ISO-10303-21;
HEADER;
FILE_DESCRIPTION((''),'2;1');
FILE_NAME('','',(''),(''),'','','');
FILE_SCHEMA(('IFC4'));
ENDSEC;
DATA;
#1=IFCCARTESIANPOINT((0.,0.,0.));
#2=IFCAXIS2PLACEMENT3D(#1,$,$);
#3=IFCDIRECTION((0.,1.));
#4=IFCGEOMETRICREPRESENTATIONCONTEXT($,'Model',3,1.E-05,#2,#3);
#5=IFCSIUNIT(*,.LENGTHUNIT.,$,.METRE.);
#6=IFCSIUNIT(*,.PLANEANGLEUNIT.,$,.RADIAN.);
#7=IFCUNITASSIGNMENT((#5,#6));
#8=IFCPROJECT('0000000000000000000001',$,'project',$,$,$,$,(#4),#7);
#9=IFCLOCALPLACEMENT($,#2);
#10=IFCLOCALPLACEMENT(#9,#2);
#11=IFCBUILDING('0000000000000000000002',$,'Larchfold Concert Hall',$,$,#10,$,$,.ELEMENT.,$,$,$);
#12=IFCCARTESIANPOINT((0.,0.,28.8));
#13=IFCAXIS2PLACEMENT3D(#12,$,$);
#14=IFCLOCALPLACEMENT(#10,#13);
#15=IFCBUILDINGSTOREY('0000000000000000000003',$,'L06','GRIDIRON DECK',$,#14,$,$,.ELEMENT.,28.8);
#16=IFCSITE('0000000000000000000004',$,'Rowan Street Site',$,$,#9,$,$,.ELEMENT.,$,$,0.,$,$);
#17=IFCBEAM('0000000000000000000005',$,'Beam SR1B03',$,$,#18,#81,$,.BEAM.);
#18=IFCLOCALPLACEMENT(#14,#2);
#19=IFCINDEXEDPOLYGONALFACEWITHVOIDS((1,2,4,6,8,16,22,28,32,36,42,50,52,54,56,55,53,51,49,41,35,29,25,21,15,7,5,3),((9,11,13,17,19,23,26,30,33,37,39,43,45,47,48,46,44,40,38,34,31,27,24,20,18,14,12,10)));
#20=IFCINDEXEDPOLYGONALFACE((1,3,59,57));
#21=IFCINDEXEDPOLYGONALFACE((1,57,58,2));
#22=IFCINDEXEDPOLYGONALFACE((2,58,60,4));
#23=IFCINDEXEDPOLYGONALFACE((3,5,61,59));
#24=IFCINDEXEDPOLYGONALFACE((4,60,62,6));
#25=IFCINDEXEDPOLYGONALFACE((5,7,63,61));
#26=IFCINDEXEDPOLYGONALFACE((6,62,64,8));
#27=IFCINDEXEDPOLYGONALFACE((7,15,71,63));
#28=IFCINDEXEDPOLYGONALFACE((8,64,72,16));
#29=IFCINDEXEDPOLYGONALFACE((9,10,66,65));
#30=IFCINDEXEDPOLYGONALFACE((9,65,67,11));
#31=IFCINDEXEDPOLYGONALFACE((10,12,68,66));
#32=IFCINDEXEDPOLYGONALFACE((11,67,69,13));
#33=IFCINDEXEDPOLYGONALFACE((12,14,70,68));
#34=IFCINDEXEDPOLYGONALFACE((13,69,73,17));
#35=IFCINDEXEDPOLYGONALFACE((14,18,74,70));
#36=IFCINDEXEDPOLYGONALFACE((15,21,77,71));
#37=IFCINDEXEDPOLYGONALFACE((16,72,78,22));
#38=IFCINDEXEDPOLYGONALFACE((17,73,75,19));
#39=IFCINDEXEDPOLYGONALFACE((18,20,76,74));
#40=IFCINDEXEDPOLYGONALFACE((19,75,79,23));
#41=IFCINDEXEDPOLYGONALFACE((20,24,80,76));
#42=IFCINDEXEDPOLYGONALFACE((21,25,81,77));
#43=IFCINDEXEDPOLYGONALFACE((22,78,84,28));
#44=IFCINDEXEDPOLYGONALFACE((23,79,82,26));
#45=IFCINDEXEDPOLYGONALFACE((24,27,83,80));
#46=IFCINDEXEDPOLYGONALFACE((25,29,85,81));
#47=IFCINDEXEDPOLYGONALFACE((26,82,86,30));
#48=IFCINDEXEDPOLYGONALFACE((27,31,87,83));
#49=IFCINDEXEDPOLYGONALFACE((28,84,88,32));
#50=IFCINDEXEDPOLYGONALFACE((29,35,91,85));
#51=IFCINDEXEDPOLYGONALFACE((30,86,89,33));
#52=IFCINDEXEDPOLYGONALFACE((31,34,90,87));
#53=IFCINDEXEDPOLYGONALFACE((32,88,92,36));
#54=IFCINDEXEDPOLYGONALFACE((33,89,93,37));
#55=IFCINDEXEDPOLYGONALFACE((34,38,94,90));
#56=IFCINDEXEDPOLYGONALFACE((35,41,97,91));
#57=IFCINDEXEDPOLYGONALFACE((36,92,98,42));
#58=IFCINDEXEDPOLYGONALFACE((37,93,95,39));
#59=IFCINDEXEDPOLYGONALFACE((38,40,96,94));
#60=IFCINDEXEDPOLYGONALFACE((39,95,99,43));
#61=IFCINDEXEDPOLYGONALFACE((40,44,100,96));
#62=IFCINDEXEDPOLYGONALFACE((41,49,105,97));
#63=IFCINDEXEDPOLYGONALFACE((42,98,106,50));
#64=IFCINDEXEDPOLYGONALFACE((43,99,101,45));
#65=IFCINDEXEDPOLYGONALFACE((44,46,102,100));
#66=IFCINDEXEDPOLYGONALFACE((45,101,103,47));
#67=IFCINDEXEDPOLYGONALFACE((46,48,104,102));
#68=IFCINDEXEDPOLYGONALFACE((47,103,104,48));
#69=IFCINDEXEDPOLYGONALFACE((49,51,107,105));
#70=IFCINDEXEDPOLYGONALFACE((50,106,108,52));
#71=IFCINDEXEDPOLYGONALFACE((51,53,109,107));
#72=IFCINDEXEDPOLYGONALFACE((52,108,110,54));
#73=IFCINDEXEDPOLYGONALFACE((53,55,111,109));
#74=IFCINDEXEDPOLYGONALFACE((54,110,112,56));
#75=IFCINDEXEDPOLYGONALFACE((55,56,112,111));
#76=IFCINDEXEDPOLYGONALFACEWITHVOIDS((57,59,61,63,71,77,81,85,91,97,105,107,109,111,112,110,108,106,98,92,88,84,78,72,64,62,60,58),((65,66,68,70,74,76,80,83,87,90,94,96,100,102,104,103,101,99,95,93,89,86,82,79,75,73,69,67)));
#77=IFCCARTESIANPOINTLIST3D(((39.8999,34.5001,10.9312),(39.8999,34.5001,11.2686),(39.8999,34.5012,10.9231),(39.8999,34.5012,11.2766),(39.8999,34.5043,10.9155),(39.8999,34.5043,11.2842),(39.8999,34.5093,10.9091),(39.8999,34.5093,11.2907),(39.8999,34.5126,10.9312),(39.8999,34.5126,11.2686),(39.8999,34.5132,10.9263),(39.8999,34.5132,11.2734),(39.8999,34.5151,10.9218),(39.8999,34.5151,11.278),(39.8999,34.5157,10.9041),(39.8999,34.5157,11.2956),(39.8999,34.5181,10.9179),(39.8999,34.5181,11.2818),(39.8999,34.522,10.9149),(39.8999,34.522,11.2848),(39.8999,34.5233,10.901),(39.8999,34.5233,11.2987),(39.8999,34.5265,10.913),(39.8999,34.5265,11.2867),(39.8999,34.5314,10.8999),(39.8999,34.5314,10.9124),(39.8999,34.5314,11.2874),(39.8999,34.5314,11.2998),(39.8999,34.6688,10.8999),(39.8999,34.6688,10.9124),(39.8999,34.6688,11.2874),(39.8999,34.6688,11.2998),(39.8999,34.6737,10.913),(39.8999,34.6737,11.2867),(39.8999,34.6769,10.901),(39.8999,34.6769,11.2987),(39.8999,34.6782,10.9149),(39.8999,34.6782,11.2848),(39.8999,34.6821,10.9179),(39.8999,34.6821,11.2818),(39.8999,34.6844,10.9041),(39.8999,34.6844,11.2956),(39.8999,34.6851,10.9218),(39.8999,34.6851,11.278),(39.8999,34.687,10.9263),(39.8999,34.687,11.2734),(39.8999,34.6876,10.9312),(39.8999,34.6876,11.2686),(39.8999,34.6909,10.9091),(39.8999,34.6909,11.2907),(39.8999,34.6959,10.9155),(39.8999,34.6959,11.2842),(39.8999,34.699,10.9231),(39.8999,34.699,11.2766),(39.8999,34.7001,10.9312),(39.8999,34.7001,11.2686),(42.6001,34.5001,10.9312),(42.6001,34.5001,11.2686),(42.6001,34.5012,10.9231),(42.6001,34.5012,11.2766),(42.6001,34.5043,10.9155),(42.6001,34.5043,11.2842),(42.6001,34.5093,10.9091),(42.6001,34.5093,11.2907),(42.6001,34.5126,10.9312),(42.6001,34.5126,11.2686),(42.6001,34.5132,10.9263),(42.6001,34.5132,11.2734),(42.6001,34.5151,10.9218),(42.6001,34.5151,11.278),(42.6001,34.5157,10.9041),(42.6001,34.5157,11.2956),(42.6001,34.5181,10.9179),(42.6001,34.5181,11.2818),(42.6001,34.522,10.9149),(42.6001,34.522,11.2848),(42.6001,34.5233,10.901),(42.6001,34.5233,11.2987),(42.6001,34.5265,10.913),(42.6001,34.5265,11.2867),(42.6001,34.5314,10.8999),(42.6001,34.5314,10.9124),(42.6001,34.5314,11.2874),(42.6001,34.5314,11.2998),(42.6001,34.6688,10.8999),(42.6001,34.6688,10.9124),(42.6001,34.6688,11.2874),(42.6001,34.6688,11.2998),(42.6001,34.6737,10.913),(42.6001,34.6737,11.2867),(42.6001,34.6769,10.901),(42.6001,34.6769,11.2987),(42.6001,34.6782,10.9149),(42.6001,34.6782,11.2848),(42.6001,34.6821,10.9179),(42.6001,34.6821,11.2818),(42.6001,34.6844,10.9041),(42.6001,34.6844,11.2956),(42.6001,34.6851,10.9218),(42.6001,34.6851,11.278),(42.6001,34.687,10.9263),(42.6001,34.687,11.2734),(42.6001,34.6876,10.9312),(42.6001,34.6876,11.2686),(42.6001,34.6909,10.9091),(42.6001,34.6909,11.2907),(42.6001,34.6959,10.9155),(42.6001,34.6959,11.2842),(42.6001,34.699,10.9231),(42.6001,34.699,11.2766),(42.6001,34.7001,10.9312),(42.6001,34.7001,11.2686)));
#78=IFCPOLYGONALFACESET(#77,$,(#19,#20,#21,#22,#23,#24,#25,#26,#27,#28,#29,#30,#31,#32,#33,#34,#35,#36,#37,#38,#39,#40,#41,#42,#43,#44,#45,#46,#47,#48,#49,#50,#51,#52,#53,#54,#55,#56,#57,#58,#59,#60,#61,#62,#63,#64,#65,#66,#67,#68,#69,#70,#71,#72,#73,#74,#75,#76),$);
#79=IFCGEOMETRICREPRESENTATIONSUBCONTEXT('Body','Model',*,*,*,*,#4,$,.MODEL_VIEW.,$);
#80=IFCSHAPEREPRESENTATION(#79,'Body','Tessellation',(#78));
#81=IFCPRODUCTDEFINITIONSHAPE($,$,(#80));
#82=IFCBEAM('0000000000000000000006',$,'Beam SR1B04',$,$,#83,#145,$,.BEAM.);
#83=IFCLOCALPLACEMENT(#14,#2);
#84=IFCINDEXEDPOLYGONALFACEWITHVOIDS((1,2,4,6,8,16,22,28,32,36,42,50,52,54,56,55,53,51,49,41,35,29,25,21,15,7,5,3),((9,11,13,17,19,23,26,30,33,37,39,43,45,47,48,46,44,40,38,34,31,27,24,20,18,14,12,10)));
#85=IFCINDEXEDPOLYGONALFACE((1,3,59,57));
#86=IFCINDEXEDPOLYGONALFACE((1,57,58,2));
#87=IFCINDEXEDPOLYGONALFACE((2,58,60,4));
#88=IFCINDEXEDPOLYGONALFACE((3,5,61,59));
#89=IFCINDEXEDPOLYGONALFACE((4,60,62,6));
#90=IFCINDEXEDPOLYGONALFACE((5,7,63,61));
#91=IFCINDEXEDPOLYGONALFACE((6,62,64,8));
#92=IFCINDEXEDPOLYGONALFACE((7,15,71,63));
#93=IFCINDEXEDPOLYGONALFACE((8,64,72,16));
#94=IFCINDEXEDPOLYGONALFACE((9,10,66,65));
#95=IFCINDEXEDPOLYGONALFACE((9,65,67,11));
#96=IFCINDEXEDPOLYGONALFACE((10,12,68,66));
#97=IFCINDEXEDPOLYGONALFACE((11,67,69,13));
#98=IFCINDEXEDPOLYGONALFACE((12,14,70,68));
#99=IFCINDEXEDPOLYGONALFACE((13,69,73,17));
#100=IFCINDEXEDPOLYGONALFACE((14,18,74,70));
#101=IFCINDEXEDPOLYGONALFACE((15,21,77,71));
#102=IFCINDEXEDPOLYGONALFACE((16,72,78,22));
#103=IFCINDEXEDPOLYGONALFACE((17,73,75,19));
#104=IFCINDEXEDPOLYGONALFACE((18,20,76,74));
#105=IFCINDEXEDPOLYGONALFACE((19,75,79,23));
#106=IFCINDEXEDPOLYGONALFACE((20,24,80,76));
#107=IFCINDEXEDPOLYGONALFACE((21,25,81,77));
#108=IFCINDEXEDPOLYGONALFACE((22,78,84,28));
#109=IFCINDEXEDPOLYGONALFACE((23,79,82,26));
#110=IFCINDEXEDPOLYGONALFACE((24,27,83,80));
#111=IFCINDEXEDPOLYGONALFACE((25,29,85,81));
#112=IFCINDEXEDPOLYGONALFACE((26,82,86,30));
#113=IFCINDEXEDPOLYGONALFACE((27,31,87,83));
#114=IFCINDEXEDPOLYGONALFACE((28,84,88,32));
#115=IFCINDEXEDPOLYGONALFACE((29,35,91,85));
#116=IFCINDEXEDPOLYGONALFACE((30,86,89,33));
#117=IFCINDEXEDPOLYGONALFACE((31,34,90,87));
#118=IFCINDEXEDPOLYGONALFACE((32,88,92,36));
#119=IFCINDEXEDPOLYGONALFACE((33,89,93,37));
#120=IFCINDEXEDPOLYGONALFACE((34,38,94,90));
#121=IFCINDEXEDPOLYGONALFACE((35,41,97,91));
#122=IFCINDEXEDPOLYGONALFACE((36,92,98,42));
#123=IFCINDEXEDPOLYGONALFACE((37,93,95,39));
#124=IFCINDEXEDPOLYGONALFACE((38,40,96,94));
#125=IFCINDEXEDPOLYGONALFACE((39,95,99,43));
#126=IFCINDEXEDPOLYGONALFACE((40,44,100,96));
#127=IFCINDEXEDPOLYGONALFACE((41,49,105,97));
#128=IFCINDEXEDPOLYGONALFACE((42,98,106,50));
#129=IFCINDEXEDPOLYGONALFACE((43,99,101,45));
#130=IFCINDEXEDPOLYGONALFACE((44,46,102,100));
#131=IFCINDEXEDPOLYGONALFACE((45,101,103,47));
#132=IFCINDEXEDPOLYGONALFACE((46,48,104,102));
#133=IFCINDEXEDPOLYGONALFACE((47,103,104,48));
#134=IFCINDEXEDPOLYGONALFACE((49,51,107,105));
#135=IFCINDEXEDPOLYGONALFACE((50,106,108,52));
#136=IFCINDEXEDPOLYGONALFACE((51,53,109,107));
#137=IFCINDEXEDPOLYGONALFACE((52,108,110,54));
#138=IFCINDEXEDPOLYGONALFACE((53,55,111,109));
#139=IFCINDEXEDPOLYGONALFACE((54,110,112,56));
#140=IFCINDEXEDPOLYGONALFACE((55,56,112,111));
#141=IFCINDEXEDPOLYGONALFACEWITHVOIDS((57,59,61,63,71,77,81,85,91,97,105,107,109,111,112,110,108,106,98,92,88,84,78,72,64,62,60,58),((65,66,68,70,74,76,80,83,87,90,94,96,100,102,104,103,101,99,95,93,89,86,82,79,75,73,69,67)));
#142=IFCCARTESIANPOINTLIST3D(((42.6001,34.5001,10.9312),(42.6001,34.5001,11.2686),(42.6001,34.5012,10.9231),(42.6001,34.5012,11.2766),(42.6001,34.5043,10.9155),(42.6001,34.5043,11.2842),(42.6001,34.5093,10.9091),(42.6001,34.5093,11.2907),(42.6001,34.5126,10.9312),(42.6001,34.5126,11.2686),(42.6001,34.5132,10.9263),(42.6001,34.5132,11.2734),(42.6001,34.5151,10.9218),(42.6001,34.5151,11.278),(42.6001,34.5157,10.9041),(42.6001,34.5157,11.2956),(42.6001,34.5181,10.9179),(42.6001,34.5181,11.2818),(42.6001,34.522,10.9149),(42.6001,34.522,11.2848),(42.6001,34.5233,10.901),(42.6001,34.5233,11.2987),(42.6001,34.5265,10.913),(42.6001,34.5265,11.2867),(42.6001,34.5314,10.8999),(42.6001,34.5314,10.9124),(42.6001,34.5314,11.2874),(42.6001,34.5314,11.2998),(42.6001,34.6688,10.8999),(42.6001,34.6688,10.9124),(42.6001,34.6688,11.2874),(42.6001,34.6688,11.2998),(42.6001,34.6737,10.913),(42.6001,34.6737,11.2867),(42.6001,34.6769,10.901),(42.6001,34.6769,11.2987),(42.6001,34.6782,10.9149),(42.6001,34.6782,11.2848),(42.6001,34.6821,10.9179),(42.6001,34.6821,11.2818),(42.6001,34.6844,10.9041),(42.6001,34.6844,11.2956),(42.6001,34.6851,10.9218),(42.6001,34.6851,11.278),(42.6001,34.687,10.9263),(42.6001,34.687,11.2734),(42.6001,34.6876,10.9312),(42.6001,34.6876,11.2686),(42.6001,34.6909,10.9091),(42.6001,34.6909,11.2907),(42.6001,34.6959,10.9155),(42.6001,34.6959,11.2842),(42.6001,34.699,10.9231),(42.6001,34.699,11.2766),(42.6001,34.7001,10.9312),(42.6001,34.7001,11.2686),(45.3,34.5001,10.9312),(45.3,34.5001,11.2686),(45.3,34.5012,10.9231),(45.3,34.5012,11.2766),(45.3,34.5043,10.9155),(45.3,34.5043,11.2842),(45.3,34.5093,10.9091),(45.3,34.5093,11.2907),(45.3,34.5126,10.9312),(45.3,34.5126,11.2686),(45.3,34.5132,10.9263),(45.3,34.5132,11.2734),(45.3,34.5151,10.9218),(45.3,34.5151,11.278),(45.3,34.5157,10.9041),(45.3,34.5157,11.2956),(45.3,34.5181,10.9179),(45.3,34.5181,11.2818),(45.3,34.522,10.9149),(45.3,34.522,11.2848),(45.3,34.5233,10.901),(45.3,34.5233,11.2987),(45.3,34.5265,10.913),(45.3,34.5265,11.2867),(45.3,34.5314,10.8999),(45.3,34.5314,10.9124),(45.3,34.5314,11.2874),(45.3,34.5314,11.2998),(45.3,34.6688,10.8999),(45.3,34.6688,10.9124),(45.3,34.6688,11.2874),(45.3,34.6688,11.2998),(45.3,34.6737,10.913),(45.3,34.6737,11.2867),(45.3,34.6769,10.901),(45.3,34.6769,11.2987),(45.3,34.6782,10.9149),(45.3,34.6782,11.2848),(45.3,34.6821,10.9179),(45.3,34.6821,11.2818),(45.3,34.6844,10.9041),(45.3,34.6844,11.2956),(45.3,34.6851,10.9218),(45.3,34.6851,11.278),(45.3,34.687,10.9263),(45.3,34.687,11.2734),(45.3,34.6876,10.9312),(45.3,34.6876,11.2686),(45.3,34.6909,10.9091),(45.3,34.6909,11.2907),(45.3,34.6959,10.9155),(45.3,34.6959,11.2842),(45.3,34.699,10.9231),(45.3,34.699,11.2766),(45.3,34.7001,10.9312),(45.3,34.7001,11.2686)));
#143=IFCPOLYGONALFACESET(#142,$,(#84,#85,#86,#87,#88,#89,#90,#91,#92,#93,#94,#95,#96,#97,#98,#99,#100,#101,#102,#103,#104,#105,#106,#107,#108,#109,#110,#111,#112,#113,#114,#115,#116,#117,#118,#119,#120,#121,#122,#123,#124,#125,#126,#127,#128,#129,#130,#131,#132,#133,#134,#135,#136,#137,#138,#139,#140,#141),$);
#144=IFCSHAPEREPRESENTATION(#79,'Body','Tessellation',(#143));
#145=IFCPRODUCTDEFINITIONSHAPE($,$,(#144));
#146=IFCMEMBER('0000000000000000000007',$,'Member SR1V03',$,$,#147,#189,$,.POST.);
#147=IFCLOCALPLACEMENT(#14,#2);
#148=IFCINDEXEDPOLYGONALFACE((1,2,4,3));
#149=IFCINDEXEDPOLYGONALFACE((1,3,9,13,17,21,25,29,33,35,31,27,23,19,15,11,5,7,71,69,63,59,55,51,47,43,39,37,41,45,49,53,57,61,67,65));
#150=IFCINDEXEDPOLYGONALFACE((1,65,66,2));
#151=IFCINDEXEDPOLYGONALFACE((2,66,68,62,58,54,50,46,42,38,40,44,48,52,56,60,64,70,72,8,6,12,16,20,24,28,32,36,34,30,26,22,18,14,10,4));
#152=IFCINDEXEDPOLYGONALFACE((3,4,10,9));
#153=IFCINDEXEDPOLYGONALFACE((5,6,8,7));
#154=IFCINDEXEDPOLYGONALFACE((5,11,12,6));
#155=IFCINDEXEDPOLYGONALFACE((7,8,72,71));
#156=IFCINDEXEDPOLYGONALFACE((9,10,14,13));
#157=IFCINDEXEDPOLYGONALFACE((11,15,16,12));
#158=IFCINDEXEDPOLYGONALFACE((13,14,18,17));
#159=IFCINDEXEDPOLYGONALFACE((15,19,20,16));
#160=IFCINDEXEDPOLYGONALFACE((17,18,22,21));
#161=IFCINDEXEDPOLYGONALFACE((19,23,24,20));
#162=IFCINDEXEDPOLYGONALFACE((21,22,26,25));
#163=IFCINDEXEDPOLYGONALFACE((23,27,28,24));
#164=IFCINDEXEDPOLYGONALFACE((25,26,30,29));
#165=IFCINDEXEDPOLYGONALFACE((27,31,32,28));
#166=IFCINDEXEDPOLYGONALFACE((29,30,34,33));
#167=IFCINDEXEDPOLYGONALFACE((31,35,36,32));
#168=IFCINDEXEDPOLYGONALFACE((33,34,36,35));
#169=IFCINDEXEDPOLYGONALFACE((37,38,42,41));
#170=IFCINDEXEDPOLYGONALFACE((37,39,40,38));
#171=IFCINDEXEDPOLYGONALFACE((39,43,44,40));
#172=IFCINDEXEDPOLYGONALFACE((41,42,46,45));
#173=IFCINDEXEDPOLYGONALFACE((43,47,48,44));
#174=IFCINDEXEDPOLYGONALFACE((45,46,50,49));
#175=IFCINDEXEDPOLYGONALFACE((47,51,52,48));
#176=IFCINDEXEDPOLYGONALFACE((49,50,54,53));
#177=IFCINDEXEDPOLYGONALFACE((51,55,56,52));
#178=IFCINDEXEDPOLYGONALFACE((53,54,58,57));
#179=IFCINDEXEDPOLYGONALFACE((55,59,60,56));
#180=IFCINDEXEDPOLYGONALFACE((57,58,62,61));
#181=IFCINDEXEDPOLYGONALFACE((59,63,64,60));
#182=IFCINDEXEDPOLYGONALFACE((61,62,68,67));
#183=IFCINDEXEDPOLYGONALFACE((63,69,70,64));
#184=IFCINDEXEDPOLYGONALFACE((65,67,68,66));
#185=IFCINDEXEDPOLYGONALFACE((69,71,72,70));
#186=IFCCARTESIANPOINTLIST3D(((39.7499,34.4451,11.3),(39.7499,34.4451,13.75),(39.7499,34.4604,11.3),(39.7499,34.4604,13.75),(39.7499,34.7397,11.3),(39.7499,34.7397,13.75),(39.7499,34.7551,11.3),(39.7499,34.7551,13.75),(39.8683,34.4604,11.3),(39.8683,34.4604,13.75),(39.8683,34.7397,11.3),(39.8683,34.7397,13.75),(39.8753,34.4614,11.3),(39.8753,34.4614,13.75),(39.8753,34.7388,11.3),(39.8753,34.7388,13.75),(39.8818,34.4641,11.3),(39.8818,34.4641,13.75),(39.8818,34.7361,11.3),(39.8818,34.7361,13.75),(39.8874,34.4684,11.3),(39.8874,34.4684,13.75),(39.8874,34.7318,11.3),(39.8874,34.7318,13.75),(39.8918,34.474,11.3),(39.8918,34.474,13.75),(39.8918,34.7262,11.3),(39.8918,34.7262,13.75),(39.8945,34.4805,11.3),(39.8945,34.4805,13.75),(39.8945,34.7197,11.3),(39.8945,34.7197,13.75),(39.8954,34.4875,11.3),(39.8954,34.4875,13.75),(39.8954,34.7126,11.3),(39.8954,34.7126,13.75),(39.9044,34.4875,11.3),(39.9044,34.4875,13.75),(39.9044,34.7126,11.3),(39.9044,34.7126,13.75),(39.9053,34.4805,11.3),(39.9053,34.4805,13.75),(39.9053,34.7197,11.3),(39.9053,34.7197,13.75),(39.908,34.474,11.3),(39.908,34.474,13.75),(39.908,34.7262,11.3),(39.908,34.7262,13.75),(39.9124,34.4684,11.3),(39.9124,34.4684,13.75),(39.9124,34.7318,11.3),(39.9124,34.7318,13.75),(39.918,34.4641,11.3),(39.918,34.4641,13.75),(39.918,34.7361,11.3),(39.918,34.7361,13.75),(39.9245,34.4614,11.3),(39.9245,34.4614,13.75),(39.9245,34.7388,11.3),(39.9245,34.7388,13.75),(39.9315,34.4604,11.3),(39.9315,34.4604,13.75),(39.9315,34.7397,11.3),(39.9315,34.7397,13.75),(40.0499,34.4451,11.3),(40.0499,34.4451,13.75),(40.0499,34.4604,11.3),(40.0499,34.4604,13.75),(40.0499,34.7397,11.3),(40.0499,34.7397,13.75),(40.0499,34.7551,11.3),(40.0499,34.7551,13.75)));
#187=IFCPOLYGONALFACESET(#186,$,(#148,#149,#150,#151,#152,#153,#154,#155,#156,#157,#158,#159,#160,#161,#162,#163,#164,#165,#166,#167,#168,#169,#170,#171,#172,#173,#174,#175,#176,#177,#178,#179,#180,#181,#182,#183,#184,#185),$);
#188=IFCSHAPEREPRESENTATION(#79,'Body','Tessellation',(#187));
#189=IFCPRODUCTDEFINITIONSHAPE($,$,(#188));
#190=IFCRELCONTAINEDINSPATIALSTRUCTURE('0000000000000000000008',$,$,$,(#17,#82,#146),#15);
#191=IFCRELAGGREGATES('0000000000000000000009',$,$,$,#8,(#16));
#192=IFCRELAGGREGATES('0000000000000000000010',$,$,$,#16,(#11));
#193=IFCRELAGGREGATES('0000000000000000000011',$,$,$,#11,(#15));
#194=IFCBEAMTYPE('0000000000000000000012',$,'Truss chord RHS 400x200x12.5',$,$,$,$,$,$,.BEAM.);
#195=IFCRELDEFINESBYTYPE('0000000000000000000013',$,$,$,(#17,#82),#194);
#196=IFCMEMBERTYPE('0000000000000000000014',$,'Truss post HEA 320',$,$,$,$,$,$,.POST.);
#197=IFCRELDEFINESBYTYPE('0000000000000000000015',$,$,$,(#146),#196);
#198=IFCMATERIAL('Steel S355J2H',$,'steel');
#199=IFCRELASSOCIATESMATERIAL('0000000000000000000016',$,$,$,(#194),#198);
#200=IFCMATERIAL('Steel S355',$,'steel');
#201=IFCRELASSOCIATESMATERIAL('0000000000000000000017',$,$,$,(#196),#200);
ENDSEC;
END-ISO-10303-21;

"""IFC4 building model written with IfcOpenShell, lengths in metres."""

from ifc_helpers import new_model, si_unit, direction, frame, origin, origin_2d, place, context, subcontext, project, spatial, hollow_rectangle, i_section, extrude, material, material_profile, profile_set, type_object, element, save


model = new_model("IFC4")

# Units and contexts
model_context = context("Model", 3, precision=1e-05, world=origin(), true_north=direction((0.0, 1.0)))
body_context = subcontext(model_context, "Body", "Model", "MODEL_VIEW")
ifc_project = project(units=[si_unit("LENGTHUNIT", "METRE"), si_unit("PLANEANGLEUNIT", "RADIAN")], contexts=[model_context])

# Site, building, storey
site_placement = place(None, origin())
site = spatial("IfcSite", under=ifc_project, at=site_placement, Name="Rowan Street Site", CompositionType="ELEMENT", RefElevation=0.0)
building_placement = place(site_placement, origin())
building = spatial("IfcBuilding", under=site, at=building_placement, Name="Larchfold Concert Hall", CompositionType="ELEMENT")
storey_placement = place(building_placement, frame((0.0, 0.0, 28.8)))
storey = spatial("IfcBuildingStorey", under=building, at=storey_placement, Name="L06", Description="GRIDIRON DECK", CompositionType="ELEMENT", Elevation=28.8)

# Beams
ifc_material_1 = material(Name="Steel S355J2H", Category="steel")
ifc_material_profile_1 = material_profile(ifc_material_1, hollow_rectangle(XDim=0.2, YDim=0.3999, WallThickness=0.0125, InnerFilletRadius=0.0188, OuterFilletRadius=0.0312, at=origin_2d()))
ifc_profile_set_1 = profile_set([ifc_material_profile_1], Name="Steel S355J2H")
beam_type_1 = type_object("IfcBeamType", Name="Truss chord RHS 400x200x12.5", PredefinedType="BEAM", material=ifc_profile_set_1)
beam_1_placement = place(storey_placement, frame((39.8999, 34.6001, 11.0999), z_axis=(1.0, 0.0, 0.0), x_axis=(0.0, 1.0, 0.0)))
element("IfcBeam", 1, at=beam_1_placement, inside=storey, type_object=beam_type_1, Name="Beam SR1B03", PredefinedType="BEAM", context=body_context, shape_type="SweptSolid", body=[
    extrude(hollow_rectangle(XDim=0.2, YDim=0.3999, WallThickness=0.0125, InnerFilletRadius=0.0188, OuterFilletRadius=0.0312, at=origin_2d()), origin(), (0.0, 0.0, 1.0), 2.7002),
])
beam_2_placement = place(storey_placement, frame((42.6001, 34.6001, 11.0999), z_axis=(1.0, 0.0, 0.0), x_axis=(0.0, 1.0, 0.0)))
element("IfcBeam", 2, at=beam_2_placement, inside=storey, type_object=beam_type_1, Name="Beam SR1B04", PredefinedType="BEAM", context=body_context, shape_type="SweptSolid", body=[
    extrude(hollow_rectangle(XDim=0.2, YDim=0.3999, WallThickness=0.0125, InnerFilletRadius=0.0188, OuterFilletRadius=0.0312, at=origin_2d()), origin(), (0.0, 0.0, 1.0), 2.7),
])

# Member
ifc_material_2 = material(Name="Steel S355", Category="steel")
ifc_material_profile_2 = material_profile(ifc_material_2, i_section(OverallWidth=0.3, OverallDepth=0.3101, WebThickness=0.009, FlangeThickness=0.0154, FilletRadius=0.0271, at=origin_2d()))
ifc_profile_set_2 = profile_set([ifc_material_profile_2], Name="Steel S355")
member_type_1 = type_object("IfcMemberType", Name="Truss post HEA 320", PredefinedType="POST", material=ifc_profile_set_2)
for number, where, z_axis, x_axis, name in (
    (3, (39.8999, 34.6001, 11.3), (0.0, 0.0, 1.0), (1.0, 0.0, 0.0), "Member SR1V03"),
):
    element("IfcMember", number, at=place(storey_placement, frame(where, z_axis=z_axis, x_axis=x_axis)), inside=storey, type_object=member_type_1, Name=name, PredefinedType="POST", context=body_context, shape_type="SweptSolid", body=[
        extrude(i_section(OverallWidth=0.3, OverallDepth=0.3101, WebThickness=0.009, FlangeThickness=0.0154, FilletRadius=0.0271, at=origin_2d()), origin(), (0.0, 0.0, 1.0), 2.45),
    ])

save(model, "model.ifc")
